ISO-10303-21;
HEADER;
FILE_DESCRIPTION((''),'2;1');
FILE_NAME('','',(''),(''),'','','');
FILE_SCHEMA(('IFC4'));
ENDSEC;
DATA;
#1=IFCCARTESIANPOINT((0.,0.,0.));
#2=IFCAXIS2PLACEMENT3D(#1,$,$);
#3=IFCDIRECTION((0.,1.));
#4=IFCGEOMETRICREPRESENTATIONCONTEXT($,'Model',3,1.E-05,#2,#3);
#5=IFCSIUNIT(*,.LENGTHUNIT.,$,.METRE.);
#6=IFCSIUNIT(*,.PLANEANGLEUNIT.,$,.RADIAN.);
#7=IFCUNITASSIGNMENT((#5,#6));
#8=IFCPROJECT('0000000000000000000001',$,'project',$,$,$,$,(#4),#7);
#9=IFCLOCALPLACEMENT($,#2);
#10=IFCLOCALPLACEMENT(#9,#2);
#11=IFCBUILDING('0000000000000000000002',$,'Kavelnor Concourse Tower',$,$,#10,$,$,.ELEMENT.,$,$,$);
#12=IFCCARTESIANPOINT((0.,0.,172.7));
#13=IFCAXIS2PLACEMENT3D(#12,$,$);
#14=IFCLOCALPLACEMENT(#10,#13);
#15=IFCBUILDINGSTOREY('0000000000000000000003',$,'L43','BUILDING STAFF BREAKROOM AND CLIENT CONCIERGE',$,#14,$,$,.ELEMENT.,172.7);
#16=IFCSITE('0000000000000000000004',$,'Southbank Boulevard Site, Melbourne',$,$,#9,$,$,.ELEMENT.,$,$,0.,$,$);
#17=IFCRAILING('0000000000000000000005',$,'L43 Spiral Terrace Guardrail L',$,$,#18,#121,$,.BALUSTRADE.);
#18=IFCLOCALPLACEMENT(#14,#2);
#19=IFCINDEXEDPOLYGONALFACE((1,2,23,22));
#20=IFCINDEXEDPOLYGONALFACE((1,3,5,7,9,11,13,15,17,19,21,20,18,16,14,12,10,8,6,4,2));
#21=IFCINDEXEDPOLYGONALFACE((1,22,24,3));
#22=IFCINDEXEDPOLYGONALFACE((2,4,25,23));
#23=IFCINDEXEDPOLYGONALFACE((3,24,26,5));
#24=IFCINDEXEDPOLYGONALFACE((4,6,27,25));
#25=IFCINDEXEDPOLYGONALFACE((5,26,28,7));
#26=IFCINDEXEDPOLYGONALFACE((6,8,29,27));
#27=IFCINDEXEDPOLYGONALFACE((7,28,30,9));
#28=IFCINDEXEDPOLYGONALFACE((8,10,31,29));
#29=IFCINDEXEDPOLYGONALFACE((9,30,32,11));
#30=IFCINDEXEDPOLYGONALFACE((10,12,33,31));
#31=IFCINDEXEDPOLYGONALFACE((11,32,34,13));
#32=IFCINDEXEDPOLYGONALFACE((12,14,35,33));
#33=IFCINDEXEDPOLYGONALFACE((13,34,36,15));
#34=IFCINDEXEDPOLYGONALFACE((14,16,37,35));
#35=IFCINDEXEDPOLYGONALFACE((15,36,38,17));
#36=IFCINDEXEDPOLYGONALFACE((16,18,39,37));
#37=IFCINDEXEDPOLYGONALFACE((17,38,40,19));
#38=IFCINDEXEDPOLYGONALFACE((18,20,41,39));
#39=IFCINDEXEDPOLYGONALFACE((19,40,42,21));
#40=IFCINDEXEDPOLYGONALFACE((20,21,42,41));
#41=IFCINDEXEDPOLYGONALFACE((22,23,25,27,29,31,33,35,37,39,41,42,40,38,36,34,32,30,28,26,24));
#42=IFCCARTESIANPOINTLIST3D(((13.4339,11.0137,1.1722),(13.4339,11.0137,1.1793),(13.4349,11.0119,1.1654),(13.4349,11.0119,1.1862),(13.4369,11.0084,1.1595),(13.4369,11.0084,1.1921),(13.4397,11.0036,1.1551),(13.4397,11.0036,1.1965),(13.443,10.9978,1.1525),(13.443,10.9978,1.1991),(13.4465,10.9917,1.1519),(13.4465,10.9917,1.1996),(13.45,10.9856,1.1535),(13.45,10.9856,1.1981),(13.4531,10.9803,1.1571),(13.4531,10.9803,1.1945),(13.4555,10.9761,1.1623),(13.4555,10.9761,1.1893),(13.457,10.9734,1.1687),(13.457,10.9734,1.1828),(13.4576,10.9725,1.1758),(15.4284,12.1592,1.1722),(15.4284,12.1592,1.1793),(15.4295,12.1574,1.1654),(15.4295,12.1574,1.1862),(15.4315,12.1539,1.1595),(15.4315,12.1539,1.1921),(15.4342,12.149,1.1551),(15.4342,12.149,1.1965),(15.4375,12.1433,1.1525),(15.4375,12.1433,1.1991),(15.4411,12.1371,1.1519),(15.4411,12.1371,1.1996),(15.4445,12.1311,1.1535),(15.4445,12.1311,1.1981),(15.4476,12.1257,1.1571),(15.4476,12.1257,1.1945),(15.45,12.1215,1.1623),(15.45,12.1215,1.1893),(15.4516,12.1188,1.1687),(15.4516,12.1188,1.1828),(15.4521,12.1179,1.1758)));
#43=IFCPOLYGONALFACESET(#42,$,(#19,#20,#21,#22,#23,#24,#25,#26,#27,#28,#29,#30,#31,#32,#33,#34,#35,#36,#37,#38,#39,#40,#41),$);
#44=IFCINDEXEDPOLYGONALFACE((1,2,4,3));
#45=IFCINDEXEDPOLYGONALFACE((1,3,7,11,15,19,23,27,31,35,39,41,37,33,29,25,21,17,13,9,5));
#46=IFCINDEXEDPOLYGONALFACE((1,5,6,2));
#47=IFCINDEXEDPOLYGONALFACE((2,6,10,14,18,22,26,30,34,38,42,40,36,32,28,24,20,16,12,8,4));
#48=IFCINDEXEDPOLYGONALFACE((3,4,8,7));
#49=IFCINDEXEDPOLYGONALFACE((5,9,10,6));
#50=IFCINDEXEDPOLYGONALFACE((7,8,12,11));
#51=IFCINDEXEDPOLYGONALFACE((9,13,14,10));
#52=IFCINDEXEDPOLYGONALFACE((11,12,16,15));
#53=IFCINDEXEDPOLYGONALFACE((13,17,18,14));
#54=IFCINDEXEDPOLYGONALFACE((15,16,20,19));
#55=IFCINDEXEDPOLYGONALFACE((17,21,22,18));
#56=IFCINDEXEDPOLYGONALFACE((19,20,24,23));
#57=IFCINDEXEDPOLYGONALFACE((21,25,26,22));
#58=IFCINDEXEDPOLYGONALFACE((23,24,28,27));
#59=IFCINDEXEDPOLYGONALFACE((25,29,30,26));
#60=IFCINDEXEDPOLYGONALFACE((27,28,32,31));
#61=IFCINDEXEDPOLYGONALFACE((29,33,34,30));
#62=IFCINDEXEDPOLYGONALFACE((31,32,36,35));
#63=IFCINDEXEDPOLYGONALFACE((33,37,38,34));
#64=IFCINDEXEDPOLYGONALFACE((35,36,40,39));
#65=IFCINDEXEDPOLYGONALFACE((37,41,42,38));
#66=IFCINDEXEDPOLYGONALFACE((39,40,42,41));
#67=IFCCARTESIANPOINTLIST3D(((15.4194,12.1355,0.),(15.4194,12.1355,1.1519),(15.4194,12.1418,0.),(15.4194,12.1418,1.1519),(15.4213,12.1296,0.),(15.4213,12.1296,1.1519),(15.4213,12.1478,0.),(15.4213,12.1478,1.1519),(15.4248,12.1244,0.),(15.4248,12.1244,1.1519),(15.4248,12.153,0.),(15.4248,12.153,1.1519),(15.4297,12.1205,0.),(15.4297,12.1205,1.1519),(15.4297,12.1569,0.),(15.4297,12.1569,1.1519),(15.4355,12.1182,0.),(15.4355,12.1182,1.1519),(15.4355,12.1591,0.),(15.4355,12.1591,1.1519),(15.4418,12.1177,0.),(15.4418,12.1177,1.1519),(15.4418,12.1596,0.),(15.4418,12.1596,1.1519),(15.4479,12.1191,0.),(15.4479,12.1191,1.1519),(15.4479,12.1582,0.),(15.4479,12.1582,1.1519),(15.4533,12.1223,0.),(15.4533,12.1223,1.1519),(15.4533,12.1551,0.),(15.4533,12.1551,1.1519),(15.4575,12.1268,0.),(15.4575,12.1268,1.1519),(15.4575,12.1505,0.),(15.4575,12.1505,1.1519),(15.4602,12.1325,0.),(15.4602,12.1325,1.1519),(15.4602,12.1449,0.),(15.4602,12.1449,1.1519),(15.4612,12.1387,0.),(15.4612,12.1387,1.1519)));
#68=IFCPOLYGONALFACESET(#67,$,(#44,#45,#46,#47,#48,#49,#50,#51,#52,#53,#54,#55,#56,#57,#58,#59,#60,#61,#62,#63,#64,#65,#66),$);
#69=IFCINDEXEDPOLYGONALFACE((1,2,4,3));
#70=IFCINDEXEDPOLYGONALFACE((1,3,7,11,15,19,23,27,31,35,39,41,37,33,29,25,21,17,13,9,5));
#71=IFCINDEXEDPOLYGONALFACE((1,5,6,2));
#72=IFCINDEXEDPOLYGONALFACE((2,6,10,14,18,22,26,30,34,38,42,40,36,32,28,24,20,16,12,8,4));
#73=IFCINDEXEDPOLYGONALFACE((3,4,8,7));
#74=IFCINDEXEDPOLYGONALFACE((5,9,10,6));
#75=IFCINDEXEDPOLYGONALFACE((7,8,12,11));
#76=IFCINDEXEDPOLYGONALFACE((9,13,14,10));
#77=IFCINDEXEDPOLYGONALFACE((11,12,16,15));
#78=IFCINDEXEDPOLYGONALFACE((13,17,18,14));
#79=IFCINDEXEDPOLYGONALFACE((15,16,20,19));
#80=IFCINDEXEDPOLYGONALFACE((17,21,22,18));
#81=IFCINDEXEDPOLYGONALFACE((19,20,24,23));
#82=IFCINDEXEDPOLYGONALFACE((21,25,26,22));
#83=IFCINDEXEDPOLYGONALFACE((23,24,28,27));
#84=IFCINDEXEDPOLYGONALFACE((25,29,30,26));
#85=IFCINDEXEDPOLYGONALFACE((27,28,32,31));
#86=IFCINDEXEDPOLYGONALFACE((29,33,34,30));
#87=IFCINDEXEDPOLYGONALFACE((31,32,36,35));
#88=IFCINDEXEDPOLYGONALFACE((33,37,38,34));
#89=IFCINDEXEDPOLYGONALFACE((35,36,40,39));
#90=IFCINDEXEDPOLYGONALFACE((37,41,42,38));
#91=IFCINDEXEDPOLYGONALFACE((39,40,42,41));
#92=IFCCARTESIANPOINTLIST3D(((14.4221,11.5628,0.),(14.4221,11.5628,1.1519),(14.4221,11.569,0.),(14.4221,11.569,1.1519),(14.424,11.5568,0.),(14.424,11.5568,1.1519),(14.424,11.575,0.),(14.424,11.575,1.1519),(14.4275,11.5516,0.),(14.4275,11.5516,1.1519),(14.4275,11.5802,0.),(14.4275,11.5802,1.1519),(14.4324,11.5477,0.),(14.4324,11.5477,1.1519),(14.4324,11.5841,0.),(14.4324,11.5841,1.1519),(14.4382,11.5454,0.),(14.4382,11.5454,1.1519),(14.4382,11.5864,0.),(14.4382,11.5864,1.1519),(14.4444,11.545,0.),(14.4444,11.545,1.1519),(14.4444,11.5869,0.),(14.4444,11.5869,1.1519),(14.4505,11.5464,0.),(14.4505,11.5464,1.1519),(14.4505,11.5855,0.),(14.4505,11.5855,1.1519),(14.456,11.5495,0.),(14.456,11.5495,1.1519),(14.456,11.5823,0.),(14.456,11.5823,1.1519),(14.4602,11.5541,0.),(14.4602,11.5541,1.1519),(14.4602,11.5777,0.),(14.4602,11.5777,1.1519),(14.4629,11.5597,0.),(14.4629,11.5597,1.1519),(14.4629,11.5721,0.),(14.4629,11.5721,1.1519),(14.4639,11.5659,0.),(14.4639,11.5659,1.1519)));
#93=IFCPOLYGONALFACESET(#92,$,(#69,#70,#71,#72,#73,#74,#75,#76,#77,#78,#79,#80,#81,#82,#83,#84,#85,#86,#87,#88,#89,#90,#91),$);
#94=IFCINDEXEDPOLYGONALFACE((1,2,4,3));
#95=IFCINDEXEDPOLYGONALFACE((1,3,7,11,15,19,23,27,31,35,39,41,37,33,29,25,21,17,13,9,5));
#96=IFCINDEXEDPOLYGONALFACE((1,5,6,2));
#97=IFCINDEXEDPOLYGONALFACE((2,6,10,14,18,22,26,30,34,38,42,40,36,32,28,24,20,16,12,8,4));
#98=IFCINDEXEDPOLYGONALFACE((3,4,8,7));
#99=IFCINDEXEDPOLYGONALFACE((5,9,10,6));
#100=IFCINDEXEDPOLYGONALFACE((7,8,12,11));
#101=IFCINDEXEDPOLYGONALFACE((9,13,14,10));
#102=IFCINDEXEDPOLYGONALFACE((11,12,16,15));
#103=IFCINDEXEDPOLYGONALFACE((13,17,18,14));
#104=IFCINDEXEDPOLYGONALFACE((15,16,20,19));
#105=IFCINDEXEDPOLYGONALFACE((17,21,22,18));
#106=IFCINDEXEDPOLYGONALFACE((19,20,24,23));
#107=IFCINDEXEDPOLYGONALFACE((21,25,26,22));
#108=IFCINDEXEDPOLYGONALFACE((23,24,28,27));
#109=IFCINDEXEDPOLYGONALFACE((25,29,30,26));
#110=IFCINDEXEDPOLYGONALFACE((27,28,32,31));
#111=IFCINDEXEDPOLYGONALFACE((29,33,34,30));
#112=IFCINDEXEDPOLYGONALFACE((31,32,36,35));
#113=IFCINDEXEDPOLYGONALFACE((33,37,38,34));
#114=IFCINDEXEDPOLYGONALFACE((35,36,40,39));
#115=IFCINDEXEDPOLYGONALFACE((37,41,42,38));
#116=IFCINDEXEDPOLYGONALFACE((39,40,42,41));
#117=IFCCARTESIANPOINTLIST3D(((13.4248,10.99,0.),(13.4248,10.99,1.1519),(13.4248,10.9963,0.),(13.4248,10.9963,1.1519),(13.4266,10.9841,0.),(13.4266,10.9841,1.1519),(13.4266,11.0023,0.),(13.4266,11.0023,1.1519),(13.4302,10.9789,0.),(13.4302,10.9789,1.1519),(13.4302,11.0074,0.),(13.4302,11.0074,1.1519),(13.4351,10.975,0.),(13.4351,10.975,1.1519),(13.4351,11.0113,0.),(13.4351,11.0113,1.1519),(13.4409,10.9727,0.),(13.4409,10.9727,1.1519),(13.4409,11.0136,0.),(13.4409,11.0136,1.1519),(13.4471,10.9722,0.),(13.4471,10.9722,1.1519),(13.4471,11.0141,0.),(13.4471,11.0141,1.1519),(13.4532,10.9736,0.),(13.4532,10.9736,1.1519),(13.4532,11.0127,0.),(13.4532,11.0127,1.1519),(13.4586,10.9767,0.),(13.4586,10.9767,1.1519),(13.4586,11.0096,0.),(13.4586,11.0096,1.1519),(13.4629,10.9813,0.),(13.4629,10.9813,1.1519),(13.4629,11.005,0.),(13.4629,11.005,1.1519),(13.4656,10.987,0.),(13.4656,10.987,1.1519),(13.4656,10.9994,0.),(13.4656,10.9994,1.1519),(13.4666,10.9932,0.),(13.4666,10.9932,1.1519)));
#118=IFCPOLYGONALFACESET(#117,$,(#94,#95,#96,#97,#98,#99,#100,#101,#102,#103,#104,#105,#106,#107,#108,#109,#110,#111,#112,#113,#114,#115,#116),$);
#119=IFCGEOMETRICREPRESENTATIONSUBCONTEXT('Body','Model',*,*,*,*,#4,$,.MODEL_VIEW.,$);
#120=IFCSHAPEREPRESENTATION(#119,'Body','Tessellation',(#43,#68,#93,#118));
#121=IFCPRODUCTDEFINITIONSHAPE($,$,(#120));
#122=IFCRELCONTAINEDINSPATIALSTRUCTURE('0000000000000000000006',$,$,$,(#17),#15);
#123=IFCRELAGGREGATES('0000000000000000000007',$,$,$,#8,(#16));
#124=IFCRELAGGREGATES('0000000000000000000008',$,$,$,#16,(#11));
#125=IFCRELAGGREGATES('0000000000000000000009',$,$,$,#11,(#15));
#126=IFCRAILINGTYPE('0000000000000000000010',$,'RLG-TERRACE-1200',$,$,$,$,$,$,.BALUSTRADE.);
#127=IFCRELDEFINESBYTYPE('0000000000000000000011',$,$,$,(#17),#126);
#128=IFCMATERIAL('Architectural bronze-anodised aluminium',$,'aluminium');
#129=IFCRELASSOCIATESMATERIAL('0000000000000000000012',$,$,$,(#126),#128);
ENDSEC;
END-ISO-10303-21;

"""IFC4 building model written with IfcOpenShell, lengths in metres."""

from ifc_helpers import new_model, si_unit, direction, frame, origin, origin_2d, place, context, subcontext, project, spatial, circle, extrude, material, type_object, element, save


model = new_model("IFC4")

# Units and contexts
model_context = context("Model", 3, precision=1e-05, world=origin(), true_north=direction((0.0, 1.0)))
body_context = subcontext(model_context, "Body", "Model", "MODEL_VIEW")
ifc_project = project(units=[si_unit("LENGTHUNIT", "METRE"), si_unit("PLANEANGLEUNIT", "RADIAN")], contexts=[model_context])

# Site, building, storey
site_placement = place(None, origin())
site = spatial("IfcSite", under=ifc_project, at=site_placement, Name="Southbank Boulevard Site, Melbourne", CompositionType="ELEMENT", RefElevation=0.0)
building_placement = place(site_placement, origin())
building = spatial("IfcBuilding", under=site, at=building_placement, Name="Kavelnor Concourse Tower", CompositionType="ELEMENT")
storey_placement = place(building_placement, frame((0.0, 0.0, 172.7)))
storey = spatial("IfcBuildingStorey", under=building, at=storey_placement, Name="L43", Description="BUILDING STAFF BREAKROOM AND CLIENT CONCIERGE", CompositionType="ELEMENT", Elevation=172.7)

# Railing
ifc_material_1 = material(Name="Architectural bronze-anodised aluminium", Category="aluminium")
railing_type = type_object("IfcRailingType", Name="RLG-TERRACE-1200", PredefinedType="BALUSTRADE", material=ifc_material_1)
railing_1_placement = place(storey_placement, frame((15.4402, 12.1387, 0.0)))
element("IfcRailing", 1, at=railing_1_placement, inside=storey, type_object=railing_type, Name="L43 Spiral Terrace Guardrail L", PredefinedType="BALUSTRADE", context=body_context, shape_type="SweptSolid", body=[
    extrude(circle(Radius=0.0239, at=origin_2d()), frame((0.0, 0.0, 1.1758), z_axis=(-0.86717, -0.498012, 0.0), x_axis=(0.498012, -0.86717, 0.0)), (0.0, 0.0, 1.0), 2.3),
    extrude(circle(Radius=0.021, at=origin_2d()), origin(), (0.0, 0.0, 1.0), 1.1519),
    extrude(circle(Radius=0.021, at=origin_2d()), frame((-0.9973, -0.5728, 0.0)), (0.0, 0.0, 1.0), 1.1519),
    extrude(circle(Radius=0.021, at=origin_2d()), frame((-1.9946, -1.1455, 0.0)), (0.0, 0.0, 1.0), 1.1519),
])

save(model, "model.ifc")
